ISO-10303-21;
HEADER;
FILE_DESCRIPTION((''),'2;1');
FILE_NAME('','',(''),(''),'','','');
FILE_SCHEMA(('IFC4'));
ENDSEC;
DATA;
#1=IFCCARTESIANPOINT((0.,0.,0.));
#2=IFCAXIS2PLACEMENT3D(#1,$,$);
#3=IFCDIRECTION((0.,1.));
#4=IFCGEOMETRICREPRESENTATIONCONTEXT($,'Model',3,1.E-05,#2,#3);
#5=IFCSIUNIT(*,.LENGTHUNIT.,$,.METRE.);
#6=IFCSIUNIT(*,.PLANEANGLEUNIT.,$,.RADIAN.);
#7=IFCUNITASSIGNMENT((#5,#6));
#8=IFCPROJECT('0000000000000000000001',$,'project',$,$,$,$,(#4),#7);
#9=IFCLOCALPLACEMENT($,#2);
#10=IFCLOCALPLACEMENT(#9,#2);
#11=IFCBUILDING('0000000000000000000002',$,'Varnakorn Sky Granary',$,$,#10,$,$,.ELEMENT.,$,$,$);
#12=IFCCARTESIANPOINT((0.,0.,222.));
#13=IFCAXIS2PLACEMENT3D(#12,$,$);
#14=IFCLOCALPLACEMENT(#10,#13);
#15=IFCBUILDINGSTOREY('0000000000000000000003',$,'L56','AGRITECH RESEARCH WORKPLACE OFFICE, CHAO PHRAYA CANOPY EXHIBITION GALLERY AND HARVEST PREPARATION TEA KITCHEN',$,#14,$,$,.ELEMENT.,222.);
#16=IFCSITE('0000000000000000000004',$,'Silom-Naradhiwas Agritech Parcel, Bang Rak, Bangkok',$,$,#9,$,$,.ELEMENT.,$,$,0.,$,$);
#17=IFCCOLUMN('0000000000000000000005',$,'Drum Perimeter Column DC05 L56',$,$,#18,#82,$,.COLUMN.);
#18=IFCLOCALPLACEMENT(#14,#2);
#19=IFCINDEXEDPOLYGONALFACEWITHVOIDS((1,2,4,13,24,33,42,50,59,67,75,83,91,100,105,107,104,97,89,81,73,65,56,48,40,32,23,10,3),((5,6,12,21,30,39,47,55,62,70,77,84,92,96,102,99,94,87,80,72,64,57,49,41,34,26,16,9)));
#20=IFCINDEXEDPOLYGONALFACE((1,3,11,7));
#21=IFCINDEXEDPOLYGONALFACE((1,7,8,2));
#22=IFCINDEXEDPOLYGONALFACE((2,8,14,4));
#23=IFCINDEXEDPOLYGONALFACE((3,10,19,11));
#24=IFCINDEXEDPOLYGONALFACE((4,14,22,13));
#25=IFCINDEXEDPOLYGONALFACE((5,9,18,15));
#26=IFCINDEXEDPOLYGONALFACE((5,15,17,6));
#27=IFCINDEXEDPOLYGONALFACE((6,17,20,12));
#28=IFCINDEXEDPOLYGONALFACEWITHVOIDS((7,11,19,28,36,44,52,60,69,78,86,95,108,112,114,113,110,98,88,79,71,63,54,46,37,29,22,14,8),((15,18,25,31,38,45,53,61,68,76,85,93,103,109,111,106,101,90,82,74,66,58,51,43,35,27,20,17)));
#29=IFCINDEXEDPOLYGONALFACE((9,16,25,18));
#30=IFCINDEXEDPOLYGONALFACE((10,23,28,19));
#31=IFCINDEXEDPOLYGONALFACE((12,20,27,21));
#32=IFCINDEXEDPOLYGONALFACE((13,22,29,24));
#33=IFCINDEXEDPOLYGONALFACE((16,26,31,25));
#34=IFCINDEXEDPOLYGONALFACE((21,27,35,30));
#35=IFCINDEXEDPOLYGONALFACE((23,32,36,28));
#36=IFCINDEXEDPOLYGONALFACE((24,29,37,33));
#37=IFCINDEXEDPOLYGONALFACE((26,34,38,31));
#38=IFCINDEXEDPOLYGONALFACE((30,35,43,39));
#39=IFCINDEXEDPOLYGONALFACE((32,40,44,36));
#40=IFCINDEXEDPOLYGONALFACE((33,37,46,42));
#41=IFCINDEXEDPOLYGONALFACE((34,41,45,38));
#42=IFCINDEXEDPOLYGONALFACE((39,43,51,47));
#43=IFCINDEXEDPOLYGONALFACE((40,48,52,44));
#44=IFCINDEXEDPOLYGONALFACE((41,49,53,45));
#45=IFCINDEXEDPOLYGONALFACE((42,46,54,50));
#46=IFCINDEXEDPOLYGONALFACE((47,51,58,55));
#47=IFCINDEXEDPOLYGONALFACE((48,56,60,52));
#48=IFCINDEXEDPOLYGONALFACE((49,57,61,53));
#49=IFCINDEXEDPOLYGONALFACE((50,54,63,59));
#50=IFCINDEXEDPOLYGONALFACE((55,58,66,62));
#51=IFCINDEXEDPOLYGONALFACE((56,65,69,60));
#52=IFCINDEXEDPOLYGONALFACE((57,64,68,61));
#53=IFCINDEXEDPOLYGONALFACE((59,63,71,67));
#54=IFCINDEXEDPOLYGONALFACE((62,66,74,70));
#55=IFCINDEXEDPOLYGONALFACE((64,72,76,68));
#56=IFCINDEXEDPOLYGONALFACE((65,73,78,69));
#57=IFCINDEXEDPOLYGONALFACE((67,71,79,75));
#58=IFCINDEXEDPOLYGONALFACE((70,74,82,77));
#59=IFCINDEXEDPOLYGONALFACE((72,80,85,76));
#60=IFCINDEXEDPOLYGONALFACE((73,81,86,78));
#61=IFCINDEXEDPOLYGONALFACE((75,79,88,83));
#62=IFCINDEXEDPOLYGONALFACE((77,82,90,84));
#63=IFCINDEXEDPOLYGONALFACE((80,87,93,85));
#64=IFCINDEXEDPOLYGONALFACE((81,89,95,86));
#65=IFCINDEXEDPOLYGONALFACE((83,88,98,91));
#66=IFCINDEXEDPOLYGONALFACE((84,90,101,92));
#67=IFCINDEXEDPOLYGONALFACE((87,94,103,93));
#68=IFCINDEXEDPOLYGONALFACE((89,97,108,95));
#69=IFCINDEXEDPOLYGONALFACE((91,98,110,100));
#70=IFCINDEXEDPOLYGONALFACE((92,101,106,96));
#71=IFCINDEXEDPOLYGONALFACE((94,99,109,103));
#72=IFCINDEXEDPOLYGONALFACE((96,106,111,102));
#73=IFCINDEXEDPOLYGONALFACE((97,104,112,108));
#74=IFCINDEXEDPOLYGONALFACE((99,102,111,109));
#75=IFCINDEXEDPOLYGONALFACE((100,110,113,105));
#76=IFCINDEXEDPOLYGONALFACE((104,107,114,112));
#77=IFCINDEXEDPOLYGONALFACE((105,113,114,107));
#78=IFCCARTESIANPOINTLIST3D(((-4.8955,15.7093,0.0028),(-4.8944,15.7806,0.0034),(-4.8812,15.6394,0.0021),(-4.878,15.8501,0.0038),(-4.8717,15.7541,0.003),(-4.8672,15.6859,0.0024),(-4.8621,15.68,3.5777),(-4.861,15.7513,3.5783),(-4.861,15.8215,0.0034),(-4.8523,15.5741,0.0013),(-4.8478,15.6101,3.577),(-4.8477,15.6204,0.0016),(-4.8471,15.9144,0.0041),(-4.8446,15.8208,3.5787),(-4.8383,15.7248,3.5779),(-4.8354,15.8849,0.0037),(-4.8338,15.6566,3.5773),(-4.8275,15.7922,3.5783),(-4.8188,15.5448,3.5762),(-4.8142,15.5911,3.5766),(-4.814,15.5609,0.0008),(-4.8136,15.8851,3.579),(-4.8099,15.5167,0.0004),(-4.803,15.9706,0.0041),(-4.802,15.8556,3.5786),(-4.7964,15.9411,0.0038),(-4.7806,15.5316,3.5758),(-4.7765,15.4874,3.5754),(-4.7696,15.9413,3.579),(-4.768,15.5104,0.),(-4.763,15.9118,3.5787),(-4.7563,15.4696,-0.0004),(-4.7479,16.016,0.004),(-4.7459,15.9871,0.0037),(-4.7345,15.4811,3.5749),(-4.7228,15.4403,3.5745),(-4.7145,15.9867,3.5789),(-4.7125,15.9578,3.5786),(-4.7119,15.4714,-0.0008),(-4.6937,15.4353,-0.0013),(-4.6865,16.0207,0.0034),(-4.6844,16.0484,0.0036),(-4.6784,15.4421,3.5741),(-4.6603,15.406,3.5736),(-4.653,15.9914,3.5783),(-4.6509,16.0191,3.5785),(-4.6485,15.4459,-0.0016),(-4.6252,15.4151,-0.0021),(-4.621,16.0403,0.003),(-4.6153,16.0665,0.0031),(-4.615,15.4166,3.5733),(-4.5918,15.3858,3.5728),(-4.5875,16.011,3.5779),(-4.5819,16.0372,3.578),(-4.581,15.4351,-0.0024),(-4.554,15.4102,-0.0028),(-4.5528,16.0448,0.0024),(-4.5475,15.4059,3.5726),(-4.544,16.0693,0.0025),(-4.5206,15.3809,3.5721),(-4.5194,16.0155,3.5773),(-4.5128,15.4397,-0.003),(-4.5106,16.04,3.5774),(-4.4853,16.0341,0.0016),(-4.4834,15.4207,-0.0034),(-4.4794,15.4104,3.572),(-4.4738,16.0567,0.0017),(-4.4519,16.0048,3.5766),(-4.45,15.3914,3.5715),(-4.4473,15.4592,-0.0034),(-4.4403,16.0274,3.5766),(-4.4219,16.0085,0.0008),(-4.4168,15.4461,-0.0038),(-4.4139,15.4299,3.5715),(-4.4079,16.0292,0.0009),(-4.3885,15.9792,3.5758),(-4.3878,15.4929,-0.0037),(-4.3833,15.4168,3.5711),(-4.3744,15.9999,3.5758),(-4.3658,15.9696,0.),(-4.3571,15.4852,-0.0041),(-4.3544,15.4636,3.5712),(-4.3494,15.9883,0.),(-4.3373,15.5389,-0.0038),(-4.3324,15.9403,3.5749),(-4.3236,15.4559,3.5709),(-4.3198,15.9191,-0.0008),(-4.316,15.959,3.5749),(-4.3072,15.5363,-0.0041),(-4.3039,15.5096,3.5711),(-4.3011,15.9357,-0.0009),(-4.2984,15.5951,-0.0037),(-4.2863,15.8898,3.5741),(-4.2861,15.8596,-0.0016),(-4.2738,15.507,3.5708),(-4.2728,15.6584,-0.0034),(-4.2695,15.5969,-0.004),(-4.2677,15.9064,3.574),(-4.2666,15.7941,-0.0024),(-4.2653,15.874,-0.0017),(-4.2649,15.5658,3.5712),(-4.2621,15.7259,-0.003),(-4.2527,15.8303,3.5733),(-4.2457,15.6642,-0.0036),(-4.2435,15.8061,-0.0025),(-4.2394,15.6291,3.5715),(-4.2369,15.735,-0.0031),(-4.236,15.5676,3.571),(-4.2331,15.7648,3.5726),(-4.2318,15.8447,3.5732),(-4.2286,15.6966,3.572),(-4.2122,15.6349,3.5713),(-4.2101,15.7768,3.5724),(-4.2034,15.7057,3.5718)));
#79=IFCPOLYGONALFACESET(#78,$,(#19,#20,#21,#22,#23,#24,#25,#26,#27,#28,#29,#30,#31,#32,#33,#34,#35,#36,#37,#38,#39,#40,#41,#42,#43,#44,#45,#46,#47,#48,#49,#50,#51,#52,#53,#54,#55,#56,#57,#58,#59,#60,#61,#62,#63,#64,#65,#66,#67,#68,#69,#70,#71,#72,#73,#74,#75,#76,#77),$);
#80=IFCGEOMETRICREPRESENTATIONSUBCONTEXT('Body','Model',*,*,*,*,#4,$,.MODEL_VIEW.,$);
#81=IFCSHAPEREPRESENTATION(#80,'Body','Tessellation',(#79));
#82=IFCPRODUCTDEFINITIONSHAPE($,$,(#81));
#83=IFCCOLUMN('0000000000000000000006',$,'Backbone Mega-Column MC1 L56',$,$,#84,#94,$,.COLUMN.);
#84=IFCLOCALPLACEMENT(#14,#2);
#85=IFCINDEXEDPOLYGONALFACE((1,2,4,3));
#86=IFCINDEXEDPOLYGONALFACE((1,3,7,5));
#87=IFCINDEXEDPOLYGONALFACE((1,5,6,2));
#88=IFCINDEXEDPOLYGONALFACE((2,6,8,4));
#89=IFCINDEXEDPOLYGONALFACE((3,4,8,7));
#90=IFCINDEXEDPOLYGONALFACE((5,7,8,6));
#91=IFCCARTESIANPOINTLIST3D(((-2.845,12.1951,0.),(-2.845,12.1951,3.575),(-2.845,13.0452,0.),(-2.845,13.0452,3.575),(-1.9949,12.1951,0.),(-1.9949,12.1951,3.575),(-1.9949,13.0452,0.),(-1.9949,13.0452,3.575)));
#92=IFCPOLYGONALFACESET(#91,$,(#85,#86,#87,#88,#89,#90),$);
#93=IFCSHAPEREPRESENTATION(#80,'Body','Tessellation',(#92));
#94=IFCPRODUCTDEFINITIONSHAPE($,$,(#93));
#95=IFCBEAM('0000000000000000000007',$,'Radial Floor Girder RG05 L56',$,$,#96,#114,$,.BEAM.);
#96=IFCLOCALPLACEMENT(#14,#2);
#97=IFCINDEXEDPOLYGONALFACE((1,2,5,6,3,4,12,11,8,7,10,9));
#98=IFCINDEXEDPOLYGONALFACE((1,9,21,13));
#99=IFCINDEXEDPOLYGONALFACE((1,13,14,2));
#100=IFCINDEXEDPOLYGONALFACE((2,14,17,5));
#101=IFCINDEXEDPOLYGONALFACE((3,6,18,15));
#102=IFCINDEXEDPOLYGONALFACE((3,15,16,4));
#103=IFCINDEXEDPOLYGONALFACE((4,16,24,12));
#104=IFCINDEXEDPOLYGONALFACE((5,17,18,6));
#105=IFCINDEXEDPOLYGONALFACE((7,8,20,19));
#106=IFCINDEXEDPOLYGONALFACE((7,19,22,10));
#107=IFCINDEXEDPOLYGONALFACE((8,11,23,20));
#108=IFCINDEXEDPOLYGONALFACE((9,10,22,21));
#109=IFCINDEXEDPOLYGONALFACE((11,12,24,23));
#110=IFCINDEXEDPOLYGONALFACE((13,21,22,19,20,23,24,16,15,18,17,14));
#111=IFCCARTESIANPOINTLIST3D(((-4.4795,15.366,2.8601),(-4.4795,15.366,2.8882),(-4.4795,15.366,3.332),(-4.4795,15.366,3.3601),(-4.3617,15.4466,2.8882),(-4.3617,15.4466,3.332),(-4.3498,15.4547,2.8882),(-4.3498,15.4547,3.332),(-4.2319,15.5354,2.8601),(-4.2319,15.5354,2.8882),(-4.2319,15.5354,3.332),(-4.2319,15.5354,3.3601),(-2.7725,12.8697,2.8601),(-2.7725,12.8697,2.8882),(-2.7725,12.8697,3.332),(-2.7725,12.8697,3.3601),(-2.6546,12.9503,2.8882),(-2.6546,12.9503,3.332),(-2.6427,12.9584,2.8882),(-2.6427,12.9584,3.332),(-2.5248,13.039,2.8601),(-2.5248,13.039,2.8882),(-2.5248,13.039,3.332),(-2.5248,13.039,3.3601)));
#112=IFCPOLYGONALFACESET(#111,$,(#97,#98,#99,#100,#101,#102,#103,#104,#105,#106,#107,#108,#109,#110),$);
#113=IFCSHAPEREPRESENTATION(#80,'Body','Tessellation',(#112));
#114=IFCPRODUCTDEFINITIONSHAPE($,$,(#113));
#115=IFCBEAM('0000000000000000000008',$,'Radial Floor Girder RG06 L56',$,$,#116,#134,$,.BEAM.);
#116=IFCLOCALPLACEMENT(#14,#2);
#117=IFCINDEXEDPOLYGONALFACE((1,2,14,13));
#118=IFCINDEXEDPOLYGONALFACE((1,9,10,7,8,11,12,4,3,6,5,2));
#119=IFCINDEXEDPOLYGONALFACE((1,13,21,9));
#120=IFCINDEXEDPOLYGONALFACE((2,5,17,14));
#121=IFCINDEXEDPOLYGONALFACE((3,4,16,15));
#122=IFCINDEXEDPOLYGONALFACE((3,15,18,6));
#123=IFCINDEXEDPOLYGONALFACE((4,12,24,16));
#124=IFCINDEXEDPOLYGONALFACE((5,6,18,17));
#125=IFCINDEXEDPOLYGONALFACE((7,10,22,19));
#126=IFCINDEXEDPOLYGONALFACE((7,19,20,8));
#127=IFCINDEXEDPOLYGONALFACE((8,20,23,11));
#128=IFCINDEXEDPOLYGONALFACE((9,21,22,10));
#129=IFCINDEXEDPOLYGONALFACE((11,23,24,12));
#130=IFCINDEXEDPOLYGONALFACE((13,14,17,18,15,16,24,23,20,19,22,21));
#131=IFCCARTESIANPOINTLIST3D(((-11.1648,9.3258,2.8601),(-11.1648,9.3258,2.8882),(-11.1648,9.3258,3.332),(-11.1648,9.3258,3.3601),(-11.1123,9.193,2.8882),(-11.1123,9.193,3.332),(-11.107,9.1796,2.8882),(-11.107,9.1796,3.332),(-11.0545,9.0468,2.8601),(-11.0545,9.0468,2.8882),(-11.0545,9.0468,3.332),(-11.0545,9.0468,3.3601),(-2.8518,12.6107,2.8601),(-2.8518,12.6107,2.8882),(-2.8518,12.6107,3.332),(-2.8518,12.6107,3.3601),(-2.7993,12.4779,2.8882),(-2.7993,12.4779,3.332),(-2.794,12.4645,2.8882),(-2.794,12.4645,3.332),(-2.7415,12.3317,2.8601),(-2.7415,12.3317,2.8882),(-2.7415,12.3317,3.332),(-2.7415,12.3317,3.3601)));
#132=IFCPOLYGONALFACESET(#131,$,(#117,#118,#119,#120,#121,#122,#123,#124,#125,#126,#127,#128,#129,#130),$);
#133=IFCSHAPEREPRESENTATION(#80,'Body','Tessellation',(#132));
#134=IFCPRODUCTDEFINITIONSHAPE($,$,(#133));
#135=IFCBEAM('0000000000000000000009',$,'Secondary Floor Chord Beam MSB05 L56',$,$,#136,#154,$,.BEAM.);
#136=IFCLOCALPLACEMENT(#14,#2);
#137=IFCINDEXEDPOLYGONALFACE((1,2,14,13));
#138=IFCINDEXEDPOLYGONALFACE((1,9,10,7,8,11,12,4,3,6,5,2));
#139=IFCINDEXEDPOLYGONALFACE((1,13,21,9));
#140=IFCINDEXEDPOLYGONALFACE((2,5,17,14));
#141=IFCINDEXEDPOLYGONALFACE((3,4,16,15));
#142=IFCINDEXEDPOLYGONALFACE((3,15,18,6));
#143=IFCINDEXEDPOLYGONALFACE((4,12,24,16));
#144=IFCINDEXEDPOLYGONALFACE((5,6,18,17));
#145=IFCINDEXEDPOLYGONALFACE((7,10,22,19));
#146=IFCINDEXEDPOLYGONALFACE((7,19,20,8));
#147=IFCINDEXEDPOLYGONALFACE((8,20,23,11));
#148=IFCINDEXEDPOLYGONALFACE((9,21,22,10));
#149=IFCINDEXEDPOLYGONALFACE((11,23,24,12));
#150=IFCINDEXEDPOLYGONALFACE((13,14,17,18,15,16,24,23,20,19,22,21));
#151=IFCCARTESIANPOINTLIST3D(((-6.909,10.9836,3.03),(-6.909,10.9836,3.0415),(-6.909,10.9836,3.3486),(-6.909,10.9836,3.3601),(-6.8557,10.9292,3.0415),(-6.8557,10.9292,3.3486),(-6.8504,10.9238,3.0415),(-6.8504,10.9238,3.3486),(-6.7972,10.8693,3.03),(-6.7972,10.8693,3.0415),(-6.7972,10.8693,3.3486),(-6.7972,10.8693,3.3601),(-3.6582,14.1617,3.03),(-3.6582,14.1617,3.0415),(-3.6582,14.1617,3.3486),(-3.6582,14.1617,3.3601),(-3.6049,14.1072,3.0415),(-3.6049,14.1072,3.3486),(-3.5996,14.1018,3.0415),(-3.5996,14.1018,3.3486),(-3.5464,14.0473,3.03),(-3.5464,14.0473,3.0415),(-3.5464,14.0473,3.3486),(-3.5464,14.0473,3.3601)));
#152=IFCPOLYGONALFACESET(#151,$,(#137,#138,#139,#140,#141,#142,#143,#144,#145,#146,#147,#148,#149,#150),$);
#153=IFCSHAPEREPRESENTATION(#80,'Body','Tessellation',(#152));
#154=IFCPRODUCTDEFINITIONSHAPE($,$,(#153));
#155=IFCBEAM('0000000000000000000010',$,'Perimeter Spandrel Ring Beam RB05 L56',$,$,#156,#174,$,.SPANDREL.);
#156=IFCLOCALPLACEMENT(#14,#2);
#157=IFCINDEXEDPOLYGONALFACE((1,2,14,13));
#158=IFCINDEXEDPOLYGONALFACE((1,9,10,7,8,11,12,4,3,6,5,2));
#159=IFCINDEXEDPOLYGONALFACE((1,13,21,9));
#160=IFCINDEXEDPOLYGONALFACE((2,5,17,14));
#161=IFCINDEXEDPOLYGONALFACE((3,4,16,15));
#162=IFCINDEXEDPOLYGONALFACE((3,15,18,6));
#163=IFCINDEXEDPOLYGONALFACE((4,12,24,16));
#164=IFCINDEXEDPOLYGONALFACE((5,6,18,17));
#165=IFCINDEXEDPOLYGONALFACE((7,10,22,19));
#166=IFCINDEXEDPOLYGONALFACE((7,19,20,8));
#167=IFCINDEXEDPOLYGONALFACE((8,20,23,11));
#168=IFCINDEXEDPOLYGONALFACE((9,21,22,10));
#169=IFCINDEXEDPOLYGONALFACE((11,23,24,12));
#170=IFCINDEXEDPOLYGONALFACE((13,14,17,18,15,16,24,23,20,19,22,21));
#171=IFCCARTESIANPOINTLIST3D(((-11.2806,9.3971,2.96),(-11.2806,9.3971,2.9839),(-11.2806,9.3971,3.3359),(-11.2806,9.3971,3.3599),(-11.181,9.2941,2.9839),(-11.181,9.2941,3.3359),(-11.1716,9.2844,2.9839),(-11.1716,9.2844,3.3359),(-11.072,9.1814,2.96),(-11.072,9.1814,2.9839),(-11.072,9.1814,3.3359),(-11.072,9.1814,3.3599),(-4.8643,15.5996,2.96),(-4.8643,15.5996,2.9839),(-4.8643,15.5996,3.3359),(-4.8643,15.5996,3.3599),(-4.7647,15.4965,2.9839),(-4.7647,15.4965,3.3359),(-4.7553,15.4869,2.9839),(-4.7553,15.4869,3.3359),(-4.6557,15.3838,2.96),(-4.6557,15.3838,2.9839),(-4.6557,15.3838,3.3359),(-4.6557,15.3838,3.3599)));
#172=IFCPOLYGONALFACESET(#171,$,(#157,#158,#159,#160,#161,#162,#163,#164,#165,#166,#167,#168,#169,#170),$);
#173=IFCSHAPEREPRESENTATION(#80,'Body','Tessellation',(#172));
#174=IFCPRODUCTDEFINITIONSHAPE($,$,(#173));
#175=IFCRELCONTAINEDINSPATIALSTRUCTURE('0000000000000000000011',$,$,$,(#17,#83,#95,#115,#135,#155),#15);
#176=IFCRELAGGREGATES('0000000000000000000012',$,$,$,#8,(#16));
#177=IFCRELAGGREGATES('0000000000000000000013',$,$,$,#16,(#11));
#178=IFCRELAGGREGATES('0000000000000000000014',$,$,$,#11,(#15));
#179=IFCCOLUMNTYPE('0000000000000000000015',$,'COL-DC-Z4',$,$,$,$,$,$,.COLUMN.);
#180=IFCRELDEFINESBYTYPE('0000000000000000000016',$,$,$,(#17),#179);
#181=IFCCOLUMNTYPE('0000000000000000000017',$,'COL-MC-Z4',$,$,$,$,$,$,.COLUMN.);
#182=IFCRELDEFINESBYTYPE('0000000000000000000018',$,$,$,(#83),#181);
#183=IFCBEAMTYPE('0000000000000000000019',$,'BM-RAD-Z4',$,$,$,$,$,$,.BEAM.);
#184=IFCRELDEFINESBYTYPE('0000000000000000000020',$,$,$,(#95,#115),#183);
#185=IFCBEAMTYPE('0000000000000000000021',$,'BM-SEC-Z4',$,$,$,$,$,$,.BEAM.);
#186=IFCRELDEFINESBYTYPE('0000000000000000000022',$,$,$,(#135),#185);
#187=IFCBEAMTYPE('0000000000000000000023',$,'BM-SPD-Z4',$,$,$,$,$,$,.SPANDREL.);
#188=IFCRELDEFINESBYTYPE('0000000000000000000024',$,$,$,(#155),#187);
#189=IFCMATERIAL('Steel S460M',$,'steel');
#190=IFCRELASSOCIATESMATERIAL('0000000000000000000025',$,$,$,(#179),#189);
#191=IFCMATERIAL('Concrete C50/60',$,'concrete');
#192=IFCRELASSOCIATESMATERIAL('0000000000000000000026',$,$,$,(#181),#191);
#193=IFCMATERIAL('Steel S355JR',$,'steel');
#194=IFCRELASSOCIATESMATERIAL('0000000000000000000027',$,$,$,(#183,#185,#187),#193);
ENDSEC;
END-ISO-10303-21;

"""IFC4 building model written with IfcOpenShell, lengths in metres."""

from ifc_helpers import new_model, si_unit, direction, frame, origin, origin_2d, place, context, subcontext, project, spatial, rectangle, hollow_circle, i_section, extrude, material, material_profile, profile_set, type_object, element, save


model = new_model("IFC4")

# Units and contexts
model_context = context("Model", 3, precision=1e-05, world=origin(), true_north=direction((0.0, 1.0)))
body_context = subcontext(model_context, "Body", "Model", "MODEL_VIEW")
ifc_project = project(units=[si_unit("LENGTHUNIT", "METRE"), si_unit("PLANEANGLEUNIT", "RADIAN")], contexts=[model_context])

# Site, building, storey
site_placement = place(None, origin())
site = spatial("IfcSite", under=ifc_project, at=site_placement, Name="Silom-Naradhiwas Agritech Parcel, Bang Rak, Bangkok", CompositionType="ELEMENT", RefElevation=0.0)
building_placement = place(site_placement, origin())
building = spatial("IfcBuilding", under=site, at=building_placement, Name="Varnakorn Sky Granary", CompositionType="ELEMENT")
storey_placement = place(building_placement, frame((0.0, 0.0, 222.0)))
storey = spatial("IfcBuildingStorey", under=building, at=storey_placement, Name="L56", Description="AGRITECH RESEARCH WORKPLACE OFFICE, CHAO PHRAYA CANOPY EXHIBITION GALLERY AND HARVEST PREPARATION TEA KITCHEN", CompositionType="ELEMENT", Elevation=222.0)

# Columns
ifc_material_1 = material(Name="Steel S460M", Category="steel")
ifc_material_profile_1 = material_profile(ifc_material_1, hollow_circle(Radius=0.3301, WallThickness=0.0249, at=origin_2d()), Name="CHS 660x25")
ifc_profile_set_1 = profile_set([ifc_material_profile_1], Name="Steel S460M")
column_type_1 = type_object("IfcColumnType", Name="COL-DC-Z4", PredefinedType="COLUMN", material=ifc_profile_set_1)
column_1_placement = place(storey_placement, frame((-4.5669, 15.74, 0.0), z_axis=(0.009355, -0.008194, 0.999923), x_axis=(0.658893, 0.752236, 0.0)))
element("IfcColumn", 1, at=column_1_placement, inside=storey, type_object=column_type_1, Name="Drum Perimeter Column DC05 L56", PredefinedType="COLUMN", context=body_context, shape_type="SweptSolid", body=[
    extrude(hollow_circle(Radius=0.3301, WallThickness=0.0249, at=origin_2d()), origin(), (0.0, 0.0, 1.0), 3.5752),
])
ifc_material_2 = material(Name="Concrete C50/60", Category="concrete")
ifc_material_profile_2 = material_profile(ifc_material_2, rectangle(XDim=0.8501, YDim=0.8501, at=origin_2d()), Name="RC 850x850")
ifc_profile_set_2 = profile_set([ifc_material_profile_2], Name="Concrete C50/60")
column_type_2 = type_object("IfcColumnType", Name="COL-MC-Z4", PredefinedType="COLUMN", material=ifc_profile_set_2)
column_2_placement = place(storey_placement, frame((-2.4199, 12.6201, 0.0), z_axis=(0.0, 0.0, 1.0), x_axis=(1.0, 0.0, 0.0)))
element("IfcColumn", 2, at=column_2_placement, inside=storey, type_object=column_type_2, Name="Backbone Mega-Column MC1 L56", PredefinedType="COLUMN", context=body_context, shape_type="SweptSolid", body=[
    extrude(rectangle(XDim=0.8501, YDim=0.8501, at=origin_2d()), origin(), (0.0, 0.0, 1.0), 3.575),
])

# Beams
ifc_material_3 = material(Name="Steel S355JR", Category="steel")
ifc_material_profile_3 = material_profile(ifc_material_3, i_section(OverallWidth=0.3, OverallDepth=0.5, WebThickness=0.0144, FlangeThickness=0.0281, at=origin_2d()), Name="HE 500 B")
ifc_profile_set_3 = profile_set([ifc_material_profile_3], Name="Steel S355JR")
beam_type_1 = type_object("IfcBeamType", Name="BM-RAD-Z4", PredefinedType="BEAM", material=ifc_profile_set_3)
beam_1_placement = place(storey_placement, frame((-2.6487, 12.9543, 3.1101), z_axis=(-0.564461, 0.82546, 0.0), x_axis=(-0.82546, -0.564461, 0.0)))
element("IfcBeam", 3, at=beam_1_placement, inside=storey, type_object=beam_type_1, Name="Radial Floor Girder RG05 L56", PredefinedType="BEAM", context=body_context, shape_type="SweptSolid", body=[
    extrude(i_section(OverallWidth=0.3, OverallDepth=0.5, WebThickness=0.0144, FlangeThickness=0.0281, at=origin_2d()), origin(), (0.0, 0.0, 1.0), 3.0242),
])
beam_2_placement = place(storey_placement, frame((-2.7966, 12.4712, 3.1101), z_axis=(-0.930023, -0.367502, 0.0), x_axis=(0.367502, -0.930023, 0.0)))
element("IfcBeam", 4, at=beam_2_placement, inside=storey, type_object=beam_type_1, Name="Radial Floor Girder RG06 L56", PredefinedType="BEAM", context=body_context, shape_type="SweptSolid", body=[
    extrude(i_section(OverallWidth=0.3, OverallDepth=0.5, WebThickness=0.0144, FlangeThickness=0.0281, at=origin_2d()), origin(), (0.0, 0.0, 1.0), 8.9385),
])
ifc_material_profile_4 = material_profile(ifc_material_3, i_section(OverallWidth=0.1599, OverallDepth=0.3301, WebThickness=0.0076, FlangeThickness=0.0115, at=origin_2d()), Name="IPE 330")
ifc_profile_set_4 = profile_set([ifc_material_profile_4], Name="Steel S355JR")
beam_type_2 = type_object("IfcBeamType", Name="BM-SEC-Z4", PredefinedType="BEAM", material=ifc_profile_set_4)
beam_3_placement = place(storey_placement, frame((-3.6023, 14.1045, 3.1951), z_axis=(-0.715063, -0.69906, 0.0), x_axis=(0.69906, -0.715063, 0.0)))
element("IfcBeam", 5, at=beam_3_placement, inside=storey, type_object=beam_type_2, Name="Secondary Floor Chord Beam MSB05 L56", PredefinedType="BEAM", context=body_context, shape_type="SweptSolid", body=[
    extrude(i_section(OverallWidth=0.1599, OverallDepth=0.3301, WebThickness=0.0076, FlangeThickness=0.0115, at=origin_2d()), origin(), (0.0, 0.0, 1.0), 4.5461),
])
ifc_material_profile_5 = material_profile(ifc_material_3, i_section(OverallWidth=0.3, OverallDepth=0.3999, WebThickness=0.0134, FlangeThickness=0.0239, at=origin_2d()), Name="HE 400 B")
ifc_profile_set_5 = profile_set([ifc_material_profile_5], Name="Steel S355JR")
beam_type_3 = type_object("IfcBeamType", Name="BM-SPD-Z4", PredefinedType="SPANDREL", material=ifc_profile_set_5)
beam_4_placement = place(storey_placement, frame((-4.76, 15.4917, 3.1599), z_axis=(-0.718988, -0.695023, 0.0), x_axis=(0.695023, -0.718988, 0.0)))
element("IfcBeam", 6, at=beam_4_placement, inside=storey, type_object=beam_type_3, Name="Perimeter Spandrel Ring Beam RB05 L56", PredefinedType="SPANDREL", context=body_context, shape_type="SweptSolid", body=[
    extrude(i_section(OverallWidth=0.3, OverallDepth=0.3999, WebThickness=0.0134, FlangeThickness=0.0239, at=origin_2d()), origin(), (0.0, 0.0, 1.0), 8.9241),
])

save(model, "model.ifc")
